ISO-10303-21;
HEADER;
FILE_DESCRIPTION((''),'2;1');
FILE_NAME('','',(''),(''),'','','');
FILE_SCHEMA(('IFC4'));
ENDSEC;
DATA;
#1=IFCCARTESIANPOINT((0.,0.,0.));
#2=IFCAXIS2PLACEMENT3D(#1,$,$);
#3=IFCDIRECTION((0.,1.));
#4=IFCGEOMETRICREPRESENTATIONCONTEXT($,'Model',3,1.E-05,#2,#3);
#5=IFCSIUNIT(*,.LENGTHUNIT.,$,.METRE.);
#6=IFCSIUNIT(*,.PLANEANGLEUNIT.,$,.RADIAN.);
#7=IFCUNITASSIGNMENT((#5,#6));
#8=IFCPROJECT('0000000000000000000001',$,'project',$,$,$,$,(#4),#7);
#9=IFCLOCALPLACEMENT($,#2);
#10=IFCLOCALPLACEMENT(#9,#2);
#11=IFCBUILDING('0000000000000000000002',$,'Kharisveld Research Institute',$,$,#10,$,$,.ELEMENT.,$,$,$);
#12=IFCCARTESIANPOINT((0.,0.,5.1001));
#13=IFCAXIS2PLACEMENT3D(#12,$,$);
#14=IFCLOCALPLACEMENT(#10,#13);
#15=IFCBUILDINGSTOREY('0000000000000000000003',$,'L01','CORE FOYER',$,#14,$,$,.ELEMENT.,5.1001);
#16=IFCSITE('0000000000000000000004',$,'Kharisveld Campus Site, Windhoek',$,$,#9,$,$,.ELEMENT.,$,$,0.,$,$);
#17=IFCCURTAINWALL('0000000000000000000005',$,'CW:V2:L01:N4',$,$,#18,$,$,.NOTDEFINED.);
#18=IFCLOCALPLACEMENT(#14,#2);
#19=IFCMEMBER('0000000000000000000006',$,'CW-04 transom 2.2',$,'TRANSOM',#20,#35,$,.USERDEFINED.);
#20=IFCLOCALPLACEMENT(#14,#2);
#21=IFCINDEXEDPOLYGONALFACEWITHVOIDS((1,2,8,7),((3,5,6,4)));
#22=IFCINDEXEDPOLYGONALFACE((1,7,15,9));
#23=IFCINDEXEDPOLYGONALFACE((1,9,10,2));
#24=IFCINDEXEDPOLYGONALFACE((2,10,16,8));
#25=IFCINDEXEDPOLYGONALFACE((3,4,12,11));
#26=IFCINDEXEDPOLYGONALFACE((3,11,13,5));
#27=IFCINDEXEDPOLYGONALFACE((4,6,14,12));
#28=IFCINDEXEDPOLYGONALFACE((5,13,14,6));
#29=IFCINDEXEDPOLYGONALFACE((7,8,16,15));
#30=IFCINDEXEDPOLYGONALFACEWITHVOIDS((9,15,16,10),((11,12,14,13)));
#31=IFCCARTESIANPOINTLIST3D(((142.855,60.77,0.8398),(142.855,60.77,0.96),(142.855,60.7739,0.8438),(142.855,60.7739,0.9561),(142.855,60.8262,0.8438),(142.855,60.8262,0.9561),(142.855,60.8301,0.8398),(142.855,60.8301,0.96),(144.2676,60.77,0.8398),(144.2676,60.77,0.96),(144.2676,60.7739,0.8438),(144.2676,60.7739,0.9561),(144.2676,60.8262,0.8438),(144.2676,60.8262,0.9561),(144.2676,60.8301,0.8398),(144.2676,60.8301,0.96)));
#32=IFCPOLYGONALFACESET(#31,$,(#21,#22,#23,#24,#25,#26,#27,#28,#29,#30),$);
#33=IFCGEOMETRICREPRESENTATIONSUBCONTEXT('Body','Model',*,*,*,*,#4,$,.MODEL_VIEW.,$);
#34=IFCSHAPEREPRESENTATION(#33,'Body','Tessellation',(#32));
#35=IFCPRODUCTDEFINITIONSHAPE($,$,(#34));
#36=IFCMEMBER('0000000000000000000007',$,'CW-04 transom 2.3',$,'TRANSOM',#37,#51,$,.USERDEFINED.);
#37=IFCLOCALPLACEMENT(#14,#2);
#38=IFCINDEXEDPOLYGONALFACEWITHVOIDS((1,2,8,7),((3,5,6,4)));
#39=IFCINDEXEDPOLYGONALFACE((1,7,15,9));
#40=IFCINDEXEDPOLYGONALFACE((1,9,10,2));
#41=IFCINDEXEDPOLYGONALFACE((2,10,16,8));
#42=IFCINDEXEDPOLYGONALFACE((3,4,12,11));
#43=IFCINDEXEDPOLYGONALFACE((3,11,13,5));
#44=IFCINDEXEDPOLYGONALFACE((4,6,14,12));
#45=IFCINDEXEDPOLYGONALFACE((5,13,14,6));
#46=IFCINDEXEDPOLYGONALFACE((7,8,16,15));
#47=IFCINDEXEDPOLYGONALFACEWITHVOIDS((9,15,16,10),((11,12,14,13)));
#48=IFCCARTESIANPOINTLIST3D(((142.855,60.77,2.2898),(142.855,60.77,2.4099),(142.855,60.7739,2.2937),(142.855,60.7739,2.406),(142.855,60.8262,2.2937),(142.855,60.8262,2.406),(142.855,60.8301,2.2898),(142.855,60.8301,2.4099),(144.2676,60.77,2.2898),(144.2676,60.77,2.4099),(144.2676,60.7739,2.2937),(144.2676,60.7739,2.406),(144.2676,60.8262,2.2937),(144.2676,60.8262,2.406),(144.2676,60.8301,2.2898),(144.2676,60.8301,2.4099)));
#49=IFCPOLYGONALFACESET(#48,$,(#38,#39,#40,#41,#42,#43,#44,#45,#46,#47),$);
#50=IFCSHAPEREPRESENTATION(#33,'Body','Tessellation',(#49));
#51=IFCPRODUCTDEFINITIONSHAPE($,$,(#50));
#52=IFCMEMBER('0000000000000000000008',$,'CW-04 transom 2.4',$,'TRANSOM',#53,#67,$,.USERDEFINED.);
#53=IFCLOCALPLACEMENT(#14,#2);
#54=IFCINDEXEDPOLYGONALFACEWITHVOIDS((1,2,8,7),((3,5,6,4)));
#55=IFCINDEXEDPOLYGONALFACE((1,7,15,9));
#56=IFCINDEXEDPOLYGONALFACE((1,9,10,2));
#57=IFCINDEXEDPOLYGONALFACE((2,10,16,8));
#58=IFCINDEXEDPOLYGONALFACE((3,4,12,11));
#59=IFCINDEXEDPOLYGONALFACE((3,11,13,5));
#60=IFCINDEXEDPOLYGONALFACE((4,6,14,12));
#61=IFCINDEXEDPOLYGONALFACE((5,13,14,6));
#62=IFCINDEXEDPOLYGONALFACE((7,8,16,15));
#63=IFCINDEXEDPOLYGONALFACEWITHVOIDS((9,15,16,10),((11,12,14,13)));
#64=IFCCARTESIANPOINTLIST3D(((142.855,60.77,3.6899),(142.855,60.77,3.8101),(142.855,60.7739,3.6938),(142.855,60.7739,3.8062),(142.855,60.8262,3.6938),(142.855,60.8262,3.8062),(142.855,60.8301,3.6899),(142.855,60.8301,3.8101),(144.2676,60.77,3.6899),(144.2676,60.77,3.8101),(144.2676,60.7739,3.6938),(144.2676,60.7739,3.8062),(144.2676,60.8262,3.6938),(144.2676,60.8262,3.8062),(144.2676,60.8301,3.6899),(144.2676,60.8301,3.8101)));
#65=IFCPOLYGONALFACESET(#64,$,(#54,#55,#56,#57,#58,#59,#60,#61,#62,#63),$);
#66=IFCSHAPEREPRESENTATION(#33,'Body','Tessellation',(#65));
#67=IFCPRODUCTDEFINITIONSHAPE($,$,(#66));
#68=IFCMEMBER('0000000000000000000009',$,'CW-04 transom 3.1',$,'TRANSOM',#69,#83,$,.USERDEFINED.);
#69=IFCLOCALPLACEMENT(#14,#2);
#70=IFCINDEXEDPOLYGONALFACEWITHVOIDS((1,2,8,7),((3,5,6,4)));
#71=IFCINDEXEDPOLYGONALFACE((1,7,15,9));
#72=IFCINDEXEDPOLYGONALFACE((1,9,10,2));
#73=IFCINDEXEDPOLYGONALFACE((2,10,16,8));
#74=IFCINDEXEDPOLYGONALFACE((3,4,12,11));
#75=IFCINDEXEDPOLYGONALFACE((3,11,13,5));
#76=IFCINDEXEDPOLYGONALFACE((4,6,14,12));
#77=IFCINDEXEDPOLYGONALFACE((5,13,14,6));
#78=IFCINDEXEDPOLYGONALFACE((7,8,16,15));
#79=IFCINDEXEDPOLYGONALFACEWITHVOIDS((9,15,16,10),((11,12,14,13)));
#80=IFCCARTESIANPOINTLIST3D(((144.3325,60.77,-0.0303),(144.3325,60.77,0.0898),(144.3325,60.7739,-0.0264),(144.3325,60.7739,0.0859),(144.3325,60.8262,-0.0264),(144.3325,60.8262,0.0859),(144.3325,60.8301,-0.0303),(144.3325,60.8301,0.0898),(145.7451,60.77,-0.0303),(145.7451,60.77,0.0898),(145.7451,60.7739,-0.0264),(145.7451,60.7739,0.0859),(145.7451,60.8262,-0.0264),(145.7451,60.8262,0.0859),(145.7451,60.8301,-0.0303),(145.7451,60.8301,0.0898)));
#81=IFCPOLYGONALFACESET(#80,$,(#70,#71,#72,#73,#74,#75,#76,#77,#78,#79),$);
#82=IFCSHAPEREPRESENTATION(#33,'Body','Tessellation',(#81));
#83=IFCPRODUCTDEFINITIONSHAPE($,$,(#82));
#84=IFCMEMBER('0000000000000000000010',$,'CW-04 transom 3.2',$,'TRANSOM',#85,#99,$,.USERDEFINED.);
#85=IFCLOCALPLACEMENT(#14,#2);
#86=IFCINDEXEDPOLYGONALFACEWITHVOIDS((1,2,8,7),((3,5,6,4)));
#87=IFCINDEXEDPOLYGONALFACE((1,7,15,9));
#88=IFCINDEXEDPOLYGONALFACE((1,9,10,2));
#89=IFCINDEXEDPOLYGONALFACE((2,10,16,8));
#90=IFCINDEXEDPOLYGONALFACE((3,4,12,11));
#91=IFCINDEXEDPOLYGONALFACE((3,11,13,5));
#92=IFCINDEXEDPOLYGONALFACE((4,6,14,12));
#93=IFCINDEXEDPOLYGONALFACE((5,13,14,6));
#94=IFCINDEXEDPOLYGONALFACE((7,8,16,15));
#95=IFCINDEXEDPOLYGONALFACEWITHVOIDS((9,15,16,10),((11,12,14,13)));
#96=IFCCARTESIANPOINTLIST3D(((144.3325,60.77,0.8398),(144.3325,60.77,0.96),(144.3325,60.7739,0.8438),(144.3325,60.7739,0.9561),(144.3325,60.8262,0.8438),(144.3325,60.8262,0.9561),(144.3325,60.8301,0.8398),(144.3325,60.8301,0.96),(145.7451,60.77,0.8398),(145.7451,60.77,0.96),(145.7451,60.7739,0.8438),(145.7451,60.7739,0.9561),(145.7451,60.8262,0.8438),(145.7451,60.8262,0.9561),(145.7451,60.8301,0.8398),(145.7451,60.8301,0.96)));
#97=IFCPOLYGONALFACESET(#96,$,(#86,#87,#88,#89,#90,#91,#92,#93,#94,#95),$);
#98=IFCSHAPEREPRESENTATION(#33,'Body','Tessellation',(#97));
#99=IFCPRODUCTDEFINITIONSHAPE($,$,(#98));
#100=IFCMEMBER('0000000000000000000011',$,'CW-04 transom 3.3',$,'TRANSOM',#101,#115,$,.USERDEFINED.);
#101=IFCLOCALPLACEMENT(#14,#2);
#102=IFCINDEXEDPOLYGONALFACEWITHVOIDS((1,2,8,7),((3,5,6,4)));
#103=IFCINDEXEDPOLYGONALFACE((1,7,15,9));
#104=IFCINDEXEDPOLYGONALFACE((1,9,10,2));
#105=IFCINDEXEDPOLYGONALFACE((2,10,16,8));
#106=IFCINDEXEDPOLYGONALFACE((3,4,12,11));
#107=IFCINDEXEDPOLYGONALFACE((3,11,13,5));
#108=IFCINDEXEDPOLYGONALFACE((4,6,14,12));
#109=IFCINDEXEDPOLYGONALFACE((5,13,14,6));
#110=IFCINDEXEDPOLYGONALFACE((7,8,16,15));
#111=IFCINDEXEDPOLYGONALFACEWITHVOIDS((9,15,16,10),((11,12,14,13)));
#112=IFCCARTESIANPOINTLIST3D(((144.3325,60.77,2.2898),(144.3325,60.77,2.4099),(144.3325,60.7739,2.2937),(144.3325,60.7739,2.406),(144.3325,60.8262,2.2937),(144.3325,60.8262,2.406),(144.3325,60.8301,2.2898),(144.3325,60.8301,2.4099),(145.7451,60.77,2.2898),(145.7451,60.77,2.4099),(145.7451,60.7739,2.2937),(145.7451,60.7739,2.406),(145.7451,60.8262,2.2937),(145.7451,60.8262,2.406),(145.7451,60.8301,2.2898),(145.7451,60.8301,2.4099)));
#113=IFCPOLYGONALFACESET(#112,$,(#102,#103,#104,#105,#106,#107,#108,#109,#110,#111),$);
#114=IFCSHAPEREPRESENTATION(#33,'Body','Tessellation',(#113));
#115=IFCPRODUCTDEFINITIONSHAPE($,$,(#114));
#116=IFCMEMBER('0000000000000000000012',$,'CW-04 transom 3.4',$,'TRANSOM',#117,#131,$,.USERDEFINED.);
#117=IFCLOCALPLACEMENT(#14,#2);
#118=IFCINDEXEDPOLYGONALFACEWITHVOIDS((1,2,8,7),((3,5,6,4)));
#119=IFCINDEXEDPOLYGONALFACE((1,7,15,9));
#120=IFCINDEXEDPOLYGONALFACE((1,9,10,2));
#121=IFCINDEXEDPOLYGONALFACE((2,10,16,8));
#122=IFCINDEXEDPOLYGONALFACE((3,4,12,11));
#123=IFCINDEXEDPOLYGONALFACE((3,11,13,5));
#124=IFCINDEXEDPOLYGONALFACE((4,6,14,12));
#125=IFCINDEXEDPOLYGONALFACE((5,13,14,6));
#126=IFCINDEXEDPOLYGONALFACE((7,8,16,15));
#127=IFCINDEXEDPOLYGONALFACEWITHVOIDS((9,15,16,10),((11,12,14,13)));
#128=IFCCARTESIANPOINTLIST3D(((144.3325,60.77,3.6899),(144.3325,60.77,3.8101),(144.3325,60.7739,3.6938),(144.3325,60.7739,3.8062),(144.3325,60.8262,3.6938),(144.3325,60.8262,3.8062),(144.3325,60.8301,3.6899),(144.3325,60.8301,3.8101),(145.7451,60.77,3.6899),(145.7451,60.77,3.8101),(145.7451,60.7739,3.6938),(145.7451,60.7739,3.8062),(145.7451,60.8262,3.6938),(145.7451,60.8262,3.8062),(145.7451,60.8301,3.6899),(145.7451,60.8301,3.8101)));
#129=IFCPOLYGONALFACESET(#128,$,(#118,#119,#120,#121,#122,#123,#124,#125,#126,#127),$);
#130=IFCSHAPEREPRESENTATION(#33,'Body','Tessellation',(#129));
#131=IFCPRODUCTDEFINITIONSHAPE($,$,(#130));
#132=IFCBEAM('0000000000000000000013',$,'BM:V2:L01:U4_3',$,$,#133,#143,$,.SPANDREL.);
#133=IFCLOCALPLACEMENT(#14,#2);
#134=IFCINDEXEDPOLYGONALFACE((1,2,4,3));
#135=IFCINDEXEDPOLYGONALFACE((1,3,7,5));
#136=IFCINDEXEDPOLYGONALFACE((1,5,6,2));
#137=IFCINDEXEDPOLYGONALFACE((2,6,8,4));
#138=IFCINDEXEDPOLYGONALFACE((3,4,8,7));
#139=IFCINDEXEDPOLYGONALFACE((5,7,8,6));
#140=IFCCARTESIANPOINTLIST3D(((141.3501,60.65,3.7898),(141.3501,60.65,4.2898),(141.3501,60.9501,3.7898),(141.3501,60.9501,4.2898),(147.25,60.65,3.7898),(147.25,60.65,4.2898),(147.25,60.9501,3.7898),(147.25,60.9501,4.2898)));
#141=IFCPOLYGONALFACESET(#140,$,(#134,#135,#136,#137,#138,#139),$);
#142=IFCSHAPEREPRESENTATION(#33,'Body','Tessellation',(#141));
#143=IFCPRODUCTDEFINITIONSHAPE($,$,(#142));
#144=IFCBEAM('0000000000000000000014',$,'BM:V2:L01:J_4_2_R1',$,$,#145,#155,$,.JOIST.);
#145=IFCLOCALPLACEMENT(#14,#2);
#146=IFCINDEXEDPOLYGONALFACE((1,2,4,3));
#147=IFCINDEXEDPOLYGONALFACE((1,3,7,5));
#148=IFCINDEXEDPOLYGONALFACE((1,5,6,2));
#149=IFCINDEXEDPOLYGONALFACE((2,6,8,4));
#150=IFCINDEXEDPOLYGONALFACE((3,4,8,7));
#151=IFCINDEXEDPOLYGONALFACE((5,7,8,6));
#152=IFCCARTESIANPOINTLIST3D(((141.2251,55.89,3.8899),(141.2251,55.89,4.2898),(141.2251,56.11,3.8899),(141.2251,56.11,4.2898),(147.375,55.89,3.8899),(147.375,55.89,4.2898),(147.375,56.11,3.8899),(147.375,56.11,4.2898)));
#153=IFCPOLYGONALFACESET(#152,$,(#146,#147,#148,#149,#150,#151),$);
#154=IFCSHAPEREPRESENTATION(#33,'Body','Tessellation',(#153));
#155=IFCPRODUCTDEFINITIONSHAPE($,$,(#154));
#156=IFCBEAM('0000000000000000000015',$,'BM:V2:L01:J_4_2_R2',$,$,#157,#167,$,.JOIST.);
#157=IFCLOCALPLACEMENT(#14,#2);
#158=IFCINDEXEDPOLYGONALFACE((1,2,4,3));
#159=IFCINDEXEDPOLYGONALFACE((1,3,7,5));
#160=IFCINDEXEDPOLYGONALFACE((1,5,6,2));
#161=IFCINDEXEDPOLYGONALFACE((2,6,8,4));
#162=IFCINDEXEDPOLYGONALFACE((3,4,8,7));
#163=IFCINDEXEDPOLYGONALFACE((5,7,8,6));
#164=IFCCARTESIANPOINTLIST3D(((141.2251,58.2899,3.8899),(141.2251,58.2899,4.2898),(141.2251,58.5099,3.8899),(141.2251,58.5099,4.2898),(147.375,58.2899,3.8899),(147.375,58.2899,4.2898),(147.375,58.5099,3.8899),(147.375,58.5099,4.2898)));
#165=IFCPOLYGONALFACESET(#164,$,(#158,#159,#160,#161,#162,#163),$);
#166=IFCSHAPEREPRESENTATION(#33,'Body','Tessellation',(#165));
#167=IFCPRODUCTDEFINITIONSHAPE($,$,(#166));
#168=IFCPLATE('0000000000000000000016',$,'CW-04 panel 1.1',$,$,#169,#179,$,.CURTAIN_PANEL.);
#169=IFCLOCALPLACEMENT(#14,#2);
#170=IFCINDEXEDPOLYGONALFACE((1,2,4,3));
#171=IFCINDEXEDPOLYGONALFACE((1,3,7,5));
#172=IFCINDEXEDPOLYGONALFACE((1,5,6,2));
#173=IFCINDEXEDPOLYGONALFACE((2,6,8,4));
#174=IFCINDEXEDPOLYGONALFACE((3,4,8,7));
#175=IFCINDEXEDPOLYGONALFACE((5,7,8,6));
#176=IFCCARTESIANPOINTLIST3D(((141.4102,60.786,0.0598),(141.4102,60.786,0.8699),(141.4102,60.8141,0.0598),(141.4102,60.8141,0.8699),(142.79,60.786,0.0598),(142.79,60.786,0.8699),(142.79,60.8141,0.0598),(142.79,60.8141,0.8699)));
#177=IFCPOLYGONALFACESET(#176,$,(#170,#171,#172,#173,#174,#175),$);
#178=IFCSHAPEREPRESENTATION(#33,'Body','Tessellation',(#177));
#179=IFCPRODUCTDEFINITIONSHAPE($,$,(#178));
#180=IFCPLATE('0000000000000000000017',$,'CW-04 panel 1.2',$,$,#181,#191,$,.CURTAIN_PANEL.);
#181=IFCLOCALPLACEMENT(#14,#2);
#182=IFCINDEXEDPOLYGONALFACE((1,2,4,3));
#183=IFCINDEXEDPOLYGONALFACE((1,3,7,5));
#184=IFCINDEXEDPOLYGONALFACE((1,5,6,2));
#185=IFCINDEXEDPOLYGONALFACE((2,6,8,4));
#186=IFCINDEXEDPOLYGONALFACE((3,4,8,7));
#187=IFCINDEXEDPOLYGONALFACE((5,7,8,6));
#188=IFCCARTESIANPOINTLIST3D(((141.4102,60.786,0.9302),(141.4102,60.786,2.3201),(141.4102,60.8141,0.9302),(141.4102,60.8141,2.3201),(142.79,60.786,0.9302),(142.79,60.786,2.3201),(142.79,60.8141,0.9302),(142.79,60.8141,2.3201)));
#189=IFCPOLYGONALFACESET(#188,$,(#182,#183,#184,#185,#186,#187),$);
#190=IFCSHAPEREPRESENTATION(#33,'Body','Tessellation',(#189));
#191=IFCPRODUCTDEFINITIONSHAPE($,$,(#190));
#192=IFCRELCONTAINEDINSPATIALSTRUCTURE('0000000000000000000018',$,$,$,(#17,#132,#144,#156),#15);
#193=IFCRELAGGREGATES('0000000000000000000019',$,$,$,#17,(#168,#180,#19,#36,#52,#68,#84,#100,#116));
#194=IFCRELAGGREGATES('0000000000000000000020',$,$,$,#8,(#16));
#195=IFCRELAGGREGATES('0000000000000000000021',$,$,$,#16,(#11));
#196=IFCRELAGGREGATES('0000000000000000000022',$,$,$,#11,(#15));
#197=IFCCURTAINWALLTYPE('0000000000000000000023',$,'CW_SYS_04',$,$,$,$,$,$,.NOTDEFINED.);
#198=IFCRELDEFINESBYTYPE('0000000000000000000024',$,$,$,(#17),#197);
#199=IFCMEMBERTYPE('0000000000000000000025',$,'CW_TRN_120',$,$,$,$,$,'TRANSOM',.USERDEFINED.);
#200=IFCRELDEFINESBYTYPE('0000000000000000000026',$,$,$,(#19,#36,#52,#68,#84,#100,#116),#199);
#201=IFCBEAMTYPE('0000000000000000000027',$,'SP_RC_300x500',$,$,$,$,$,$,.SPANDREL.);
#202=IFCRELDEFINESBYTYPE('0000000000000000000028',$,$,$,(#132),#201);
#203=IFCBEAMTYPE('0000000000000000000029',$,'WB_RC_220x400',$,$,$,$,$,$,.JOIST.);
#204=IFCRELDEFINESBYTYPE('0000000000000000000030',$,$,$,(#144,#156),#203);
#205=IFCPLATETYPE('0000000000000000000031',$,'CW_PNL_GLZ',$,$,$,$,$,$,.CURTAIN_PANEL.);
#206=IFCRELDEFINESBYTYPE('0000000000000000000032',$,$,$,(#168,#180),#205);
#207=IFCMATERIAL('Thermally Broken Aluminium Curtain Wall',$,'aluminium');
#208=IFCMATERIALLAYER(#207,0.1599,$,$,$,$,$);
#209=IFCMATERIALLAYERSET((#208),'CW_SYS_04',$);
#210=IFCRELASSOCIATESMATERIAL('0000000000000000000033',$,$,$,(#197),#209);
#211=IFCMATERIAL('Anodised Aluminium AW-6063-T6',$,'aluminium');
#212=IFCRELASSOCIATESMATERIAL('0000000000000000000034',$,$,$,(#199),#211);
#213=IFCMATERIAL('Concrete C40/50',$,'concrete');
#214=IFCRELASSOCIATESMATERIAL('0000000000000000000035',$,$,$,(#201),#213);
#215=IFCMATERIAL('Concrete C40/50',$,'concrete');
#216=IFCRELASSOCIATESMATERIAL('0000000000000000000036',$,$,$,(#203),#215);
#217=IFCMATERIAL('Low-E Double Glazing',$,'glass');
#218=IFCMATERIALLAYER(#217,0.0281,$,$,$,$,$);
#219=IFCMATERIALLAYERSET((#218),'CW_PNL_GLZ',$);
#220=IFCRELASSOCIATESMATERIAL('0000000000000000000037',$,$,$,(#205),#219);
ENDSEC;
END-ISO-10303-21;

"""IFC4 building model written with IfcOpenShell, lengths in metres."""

from ifc_helpers import new_model, si_unit, direction, frame, origin, origin_2d, place, context, subcontext, project, spatial, rectangle, hollow_rectangle, extrude, material, layer, layer_set, material_profile, profile_set, type_object, element, aggregate, save


model = new_model("IFC4")

# Units and contexts
model_context = context("Model", 3, precision=1e-05, world=origin(), true_north=direction((0.0, 1.0)))
body_context = subcontext(model_context, "Body", "Model", "MODEL_VIEW")
ifc_project = project(units=[si_unit("LENGTHUNIT", "METRE"), si_unit("PLANEANGLEUNIT", "RADIAN")], contexts=[model_context])

# Site, building, storey
site_placement = place(None, origin())
site = spatial("IfcSite", under=ifc_project, at=site_placement, Name="Kharisveld Campus Site, Windhoek", CompositionType="ELEMENT", RefElevation=0.0)
building_placement = place(site_placement, origin())
building = spatial("IfcBuilding", under=site, at=building_placement, Name="Kharisveld Research Institute", CompositionType="ELEMENT")
storey_placement = place(building_placement, frame((0.0, 0.0, 5.1001)))
storey = spatial("IfcBuildingStorey", under=building, at=storey_placement, Name="L01", Description="CORE FOYER", CompositionType="ELEMENT", Elevation=5.1001)

# Curtain wall, members
ifc_material_1 = material(Name="Thermally Broken Aluminium Curtain Wall", Category="aluminium")
ifc_layer_1 = layer(ifc_material_1, 0.1599)
ifc_layer_set_1 = layer_set([ifc_layer_1], Name="CW_SYS_04")
curtain_wall_type = type_object("IfcCurtainWallType", Name="CW_SYS_04", PredefinedType="NOTDEFINED", material=ifc_layer_set_1)
curtain_wall_placement = place(storey_placement, origin())
curtain_wall = element("IfcCurtainWall", 1, at=curtain_wall_placement, inside=storey, type_object=curtain_wall_type, Name="CW:V2:L01:N4", PredefinedType="NOTDEFINED")
ifc_material_2 = material(Name="Anodised Aluminium AW-6063-T6", Category="aluminium")
ifc_material_profile_1 = material_profile(ifc_material_2, hollow_rectangle(XDim=0.0601, YDim=0.1201, WallThickness=0.0039, at=origin_2d()))
ifc_profile_set_1 = profile_set([ifc_material_profile_1], Name="Anodised Aluminium AW-6063-T6")
member_type_1 = type_object("IfcMemberType", Name="CW_TRN_120", ElementType="TRANSOM", PredefinedType="USERDEFINED", material=ifc_profile_set_1)
member_1_placement = place(storey_placement, frame((142.855, 60.8, 0.8999), z_axis=(1.0, 0.0, 0.0), x_axis=(0.0, 1.0, 0.0)))
member_1 = element("IfcMember", 2, at=member_1_placement, type_object=member_type_1, Name="CW-04 transom 2.2", ObjectType="TRANSOM", PredefinedType="USERDEFINED", context=body_context, shape_type="SweptSolid", body=[
    extrude(hollow_rectangle(XDim=0.0601, YDim=0.1201, WallThickness=0.0039, at=origin_2d()), origin(), (0.0, 0.0, 1.0), 1.4126),
])
member_2_placement = place(storey_placement, frame((142.855, 60.8, 2.3499), z_axis=(1.0, 0.0, 0.0), x_axis=(0.0, 1.0, 0.0)))
member_2 = element("IfcMember", 3, at=member_2_placement, type_object=member_type_1, Name="CW-04 transom 2.3", ObjectType="TRANSOM", PredefinedType="USERDEFINED", context=body_context, shape_type="SweptSolid", body=[
    extrude(hollow_rectangle(XDim=0.0601, YDim=0.1201, WallThickness=0.0039, at=origin_2d()), origin(), (0.0, 0.0, 1.0), 1.4126),
])
member_3_placement = place(storey_placement, frame((142.855, 60.8, 3.75), z_axis=(1.0, 0.0, 0.0), x_axis=(0.0, 1.0, 0.0)))
member_3 = element("IfcMember", 4, at=member_3_placement, type_object=member_type_1, Name="CW-04 transom 2.4", ObjectType="TRANSOM", PredefinedType="USERDEFINED", context=body_context, shape_type="SweptSolid", body=[
    extrude(hollow_rectangle(XDim=0.0601, YDim=0.1201, WallThickness=0.0039, at=origin_2d()), origin(), (0.0, 0.0, 1.0), 1.4126),
])
member_4_placement = place(storey_placement, frame((144.3325, 60.8, 0.0298), z_axis=(1.0, 0.0, 0.0), x_axis=(0.0, 1.0, 0.0)))
member_4 = element("IfcMember", 5, at=member_4_placement, type_object=member_type_1, Name="CW-04 transom 3.1", ObjectType="TRANSOM", PredefinedType="USERDEFINED", context=body_context, shape_type="SweptSolid", body=[
    extrude(hollow_rectangle(XDim=0.0601, YDim=0.1201, WallThickness=0.0039, at=origin_2d()), origin(), (0.0, 0.0, 1.0), 1.4126),
])
member_5_placement = place(storey_placement, frame((144.3325, 60.8, 0.8999), z_axis=(1.0, 0.0, 0.0), x_axis=(0.0, 1.0, 0.0)))
member_5 = element("IfcMember", 6, at=member_5_placement, type_object=member_type_1, Name="CW-04 transom 3.2", ObjectType="TRANSOM", PredefinedType="USERDEFINED", context=body_context, shape_type="SweptSolid", body=[
    extrude(hollow_rectangle(XDim=0.0601, YDim=0.1201, WallThickness=0.0039, at=origin_2d()), origin(), (0.0, 0.0, 1.0), 1.4126),
])
member_6_placement = place(storey_placement, frame((144.3325, 60.8, 2.3499), z_axis=(1.0, 0.0, 0.0), x_axis=(0.0, 1.0, 0.0)))
member_6 = element("IfcMember", 7, at=member_6_placement, type_object=member_type_1, Name="CW-04 transom 3.3", ObjectType="TRANSOM", PredefinedType="USERDEFINED", context=body_context, shape_type="SweptSolid", body=[
    extrude(hollow_rectangle(XDim=0.0601, YDim=0.1201, WallThickness=0.0039, at=origin_2d()), origin(), (0.0, 0.0, 1.0), 1.4126),
])
member_7_placement = place(storey_placement, frame((144.3325, 60.8, 3.75), z_axis=(1.0, 0.0, 0.0), x_axis=(0.0, 1.0, 0.0)))
member_7 = element("IfcMember", 8, at=member_7_placement, type_object=member_type_1, Name="CW-04 transom 3.4", ObjectType="TRANSOM", PredefinedType="USERDEFINED", context=body_context, shape_type="SweptSolid", body=[
    extrude(hollow_rectangle(XDim=0.0601, YDim=0.1201, WallThickness=0.0039, at=origin_2d()), origin(), (0.0, 0.0, 1.0), 1.4126),
])

# Beams
ifc_material_3 = material(Name="Concrete C40/50", Category="concrete")
ifc_material_profile_2 = material_profile(ifc_material_3, rectangle(XDim=0.3, YDim=0.5, at=origin_2d()))
ifc_profile_set_2 = profile_set([ifc_material_profile_2], Name="Concrete C40/50")
beam_type_1 = type_object("IfcBeamType", Name="SP_RC_300x500", PredefinedType="SPANDREL", material=ifc_profile_set_2)
beam_1_placement = place(storey_placement, frame((141.3501, 60.8, 4.0398), z_axis=(1.0, 0.0, 0.0), x_axis=(0.0, 1.0, 0.0)))
element("IfcBeam", 9, at=beam_1_placement, inside=storey, type_object=beam_type_1, Name="BM:V2:L01:U4_3", PredefinedType="SPANDREL", context=body_context, shape_type="SweptSolid", body=[
    extrude(rectangle(XDim=0.3, YDim=0.5, at=origin_2d()), origin(), (0.0, 0.0, 1.0), 5.8999),
])
ifc_material_4 = material(Name="Concrete C40/50", Category="concrete")
ifc_material_profile_3 = material_profile(ifc_material_4, rectangle(XDim=0.22, YDim=0.3999, at=origin_2d()))
ifc_profile_set_3 = profile_set([ifc_material_profile_3], Name="Concrete C40/50")
beam_type_2 = type_object("IfcBeamType", Name="WB_RC_220x400", PredefinedType="JOIST", material=ifc_profile_set_3)
for number, where, z_axis, x_axis, name in (
    (10, (141.2251, 56.0, 4.0898), (1.0, 0.0, 0.0), (0.0, 1.0, 0.0), "BM:V2:L01:J_4_2_R1"),
    (11, (141.2251, 58.3999, 4.0898), (1.0, 0.0, 0.0), (0.0, 1.0, 0.0), "BM:V2:L01:J_4_2_R2"),
):
    element("IfcBeam", number, at=place(storey_placement, frame(where, z_axis=z_axis, x_axis=x_axis)), inside=storey, type_object=beam_type_2, Name=name, PredefinedType="JOIST", context=body_context, shape_type="SweptSolid", body=[
        extrude(rectangle(XDim=0.22, YDim=0.3999, at=origin_2d()), origin(), (0.0, 0.0, 1.0), 6.1499),
    ])

# Plates
ifc_material_5 = material(Name="Low-E Double Glazing", Category="glass")
ifc_layer_2 = layer(ifc_material_5, 0.0281)
ifc_layer_set_2 = layer_set([ifc_layer_2], Name="CW_PNL_GLZ")
plate_type = type_object("IfcPlateType", Name="CW_PNL_GLZ", PredefinedType="CURTAIN_PANEL", material=ifc_layer_set_2)
plate_1_placement = place(storey_placement, frame((142.1001, 60.8, 0.0598), z_axis=(0.0, 0.0, 1.0), x_axis=(1.0, 0.0, 0.0)))
plate_1 = element("IfcPlate", 12, at=plate_1_placement, type_object=plate_type, Name="CW-04 panel 1.1", PredefinedType="CURTAIN_PANEL", context=body_context, shape_type="SweptSolid", body=[
    extrude(rectangle(XDim=1.3799, YDim=0.0281, at=origin_2d()), origin(), (0.0, 0.0, 1.0), 0.8101),
])
plate_2_placement = place(storey_placement, frame((142.1001, 60.8, 0.9302), z_axis=(0.0, 0.0, 1.0), x_axis=(1.0, 0.0, 0.0)))
plate_2 = element("IfcPlate", 13, at=plate_2_placement, type_object=plate_type, Name="CW-04 panel 1.2", PredefinedType="CURTAIN_PANEL", context=body_context, shape_type="SweptSolid", body=[
    extrude(rectangle(XDim=1.3799, YDim=0.0281, at=origin_2d()), origin(), (0.0, 0.0, 1.0), 1.3899),
])
aggregate(curtain_wall, [plate_1, plate_2, member_1, member_2, member_3, member_4, member_5, member_6, member_7])

save(model, "model.ifc")
